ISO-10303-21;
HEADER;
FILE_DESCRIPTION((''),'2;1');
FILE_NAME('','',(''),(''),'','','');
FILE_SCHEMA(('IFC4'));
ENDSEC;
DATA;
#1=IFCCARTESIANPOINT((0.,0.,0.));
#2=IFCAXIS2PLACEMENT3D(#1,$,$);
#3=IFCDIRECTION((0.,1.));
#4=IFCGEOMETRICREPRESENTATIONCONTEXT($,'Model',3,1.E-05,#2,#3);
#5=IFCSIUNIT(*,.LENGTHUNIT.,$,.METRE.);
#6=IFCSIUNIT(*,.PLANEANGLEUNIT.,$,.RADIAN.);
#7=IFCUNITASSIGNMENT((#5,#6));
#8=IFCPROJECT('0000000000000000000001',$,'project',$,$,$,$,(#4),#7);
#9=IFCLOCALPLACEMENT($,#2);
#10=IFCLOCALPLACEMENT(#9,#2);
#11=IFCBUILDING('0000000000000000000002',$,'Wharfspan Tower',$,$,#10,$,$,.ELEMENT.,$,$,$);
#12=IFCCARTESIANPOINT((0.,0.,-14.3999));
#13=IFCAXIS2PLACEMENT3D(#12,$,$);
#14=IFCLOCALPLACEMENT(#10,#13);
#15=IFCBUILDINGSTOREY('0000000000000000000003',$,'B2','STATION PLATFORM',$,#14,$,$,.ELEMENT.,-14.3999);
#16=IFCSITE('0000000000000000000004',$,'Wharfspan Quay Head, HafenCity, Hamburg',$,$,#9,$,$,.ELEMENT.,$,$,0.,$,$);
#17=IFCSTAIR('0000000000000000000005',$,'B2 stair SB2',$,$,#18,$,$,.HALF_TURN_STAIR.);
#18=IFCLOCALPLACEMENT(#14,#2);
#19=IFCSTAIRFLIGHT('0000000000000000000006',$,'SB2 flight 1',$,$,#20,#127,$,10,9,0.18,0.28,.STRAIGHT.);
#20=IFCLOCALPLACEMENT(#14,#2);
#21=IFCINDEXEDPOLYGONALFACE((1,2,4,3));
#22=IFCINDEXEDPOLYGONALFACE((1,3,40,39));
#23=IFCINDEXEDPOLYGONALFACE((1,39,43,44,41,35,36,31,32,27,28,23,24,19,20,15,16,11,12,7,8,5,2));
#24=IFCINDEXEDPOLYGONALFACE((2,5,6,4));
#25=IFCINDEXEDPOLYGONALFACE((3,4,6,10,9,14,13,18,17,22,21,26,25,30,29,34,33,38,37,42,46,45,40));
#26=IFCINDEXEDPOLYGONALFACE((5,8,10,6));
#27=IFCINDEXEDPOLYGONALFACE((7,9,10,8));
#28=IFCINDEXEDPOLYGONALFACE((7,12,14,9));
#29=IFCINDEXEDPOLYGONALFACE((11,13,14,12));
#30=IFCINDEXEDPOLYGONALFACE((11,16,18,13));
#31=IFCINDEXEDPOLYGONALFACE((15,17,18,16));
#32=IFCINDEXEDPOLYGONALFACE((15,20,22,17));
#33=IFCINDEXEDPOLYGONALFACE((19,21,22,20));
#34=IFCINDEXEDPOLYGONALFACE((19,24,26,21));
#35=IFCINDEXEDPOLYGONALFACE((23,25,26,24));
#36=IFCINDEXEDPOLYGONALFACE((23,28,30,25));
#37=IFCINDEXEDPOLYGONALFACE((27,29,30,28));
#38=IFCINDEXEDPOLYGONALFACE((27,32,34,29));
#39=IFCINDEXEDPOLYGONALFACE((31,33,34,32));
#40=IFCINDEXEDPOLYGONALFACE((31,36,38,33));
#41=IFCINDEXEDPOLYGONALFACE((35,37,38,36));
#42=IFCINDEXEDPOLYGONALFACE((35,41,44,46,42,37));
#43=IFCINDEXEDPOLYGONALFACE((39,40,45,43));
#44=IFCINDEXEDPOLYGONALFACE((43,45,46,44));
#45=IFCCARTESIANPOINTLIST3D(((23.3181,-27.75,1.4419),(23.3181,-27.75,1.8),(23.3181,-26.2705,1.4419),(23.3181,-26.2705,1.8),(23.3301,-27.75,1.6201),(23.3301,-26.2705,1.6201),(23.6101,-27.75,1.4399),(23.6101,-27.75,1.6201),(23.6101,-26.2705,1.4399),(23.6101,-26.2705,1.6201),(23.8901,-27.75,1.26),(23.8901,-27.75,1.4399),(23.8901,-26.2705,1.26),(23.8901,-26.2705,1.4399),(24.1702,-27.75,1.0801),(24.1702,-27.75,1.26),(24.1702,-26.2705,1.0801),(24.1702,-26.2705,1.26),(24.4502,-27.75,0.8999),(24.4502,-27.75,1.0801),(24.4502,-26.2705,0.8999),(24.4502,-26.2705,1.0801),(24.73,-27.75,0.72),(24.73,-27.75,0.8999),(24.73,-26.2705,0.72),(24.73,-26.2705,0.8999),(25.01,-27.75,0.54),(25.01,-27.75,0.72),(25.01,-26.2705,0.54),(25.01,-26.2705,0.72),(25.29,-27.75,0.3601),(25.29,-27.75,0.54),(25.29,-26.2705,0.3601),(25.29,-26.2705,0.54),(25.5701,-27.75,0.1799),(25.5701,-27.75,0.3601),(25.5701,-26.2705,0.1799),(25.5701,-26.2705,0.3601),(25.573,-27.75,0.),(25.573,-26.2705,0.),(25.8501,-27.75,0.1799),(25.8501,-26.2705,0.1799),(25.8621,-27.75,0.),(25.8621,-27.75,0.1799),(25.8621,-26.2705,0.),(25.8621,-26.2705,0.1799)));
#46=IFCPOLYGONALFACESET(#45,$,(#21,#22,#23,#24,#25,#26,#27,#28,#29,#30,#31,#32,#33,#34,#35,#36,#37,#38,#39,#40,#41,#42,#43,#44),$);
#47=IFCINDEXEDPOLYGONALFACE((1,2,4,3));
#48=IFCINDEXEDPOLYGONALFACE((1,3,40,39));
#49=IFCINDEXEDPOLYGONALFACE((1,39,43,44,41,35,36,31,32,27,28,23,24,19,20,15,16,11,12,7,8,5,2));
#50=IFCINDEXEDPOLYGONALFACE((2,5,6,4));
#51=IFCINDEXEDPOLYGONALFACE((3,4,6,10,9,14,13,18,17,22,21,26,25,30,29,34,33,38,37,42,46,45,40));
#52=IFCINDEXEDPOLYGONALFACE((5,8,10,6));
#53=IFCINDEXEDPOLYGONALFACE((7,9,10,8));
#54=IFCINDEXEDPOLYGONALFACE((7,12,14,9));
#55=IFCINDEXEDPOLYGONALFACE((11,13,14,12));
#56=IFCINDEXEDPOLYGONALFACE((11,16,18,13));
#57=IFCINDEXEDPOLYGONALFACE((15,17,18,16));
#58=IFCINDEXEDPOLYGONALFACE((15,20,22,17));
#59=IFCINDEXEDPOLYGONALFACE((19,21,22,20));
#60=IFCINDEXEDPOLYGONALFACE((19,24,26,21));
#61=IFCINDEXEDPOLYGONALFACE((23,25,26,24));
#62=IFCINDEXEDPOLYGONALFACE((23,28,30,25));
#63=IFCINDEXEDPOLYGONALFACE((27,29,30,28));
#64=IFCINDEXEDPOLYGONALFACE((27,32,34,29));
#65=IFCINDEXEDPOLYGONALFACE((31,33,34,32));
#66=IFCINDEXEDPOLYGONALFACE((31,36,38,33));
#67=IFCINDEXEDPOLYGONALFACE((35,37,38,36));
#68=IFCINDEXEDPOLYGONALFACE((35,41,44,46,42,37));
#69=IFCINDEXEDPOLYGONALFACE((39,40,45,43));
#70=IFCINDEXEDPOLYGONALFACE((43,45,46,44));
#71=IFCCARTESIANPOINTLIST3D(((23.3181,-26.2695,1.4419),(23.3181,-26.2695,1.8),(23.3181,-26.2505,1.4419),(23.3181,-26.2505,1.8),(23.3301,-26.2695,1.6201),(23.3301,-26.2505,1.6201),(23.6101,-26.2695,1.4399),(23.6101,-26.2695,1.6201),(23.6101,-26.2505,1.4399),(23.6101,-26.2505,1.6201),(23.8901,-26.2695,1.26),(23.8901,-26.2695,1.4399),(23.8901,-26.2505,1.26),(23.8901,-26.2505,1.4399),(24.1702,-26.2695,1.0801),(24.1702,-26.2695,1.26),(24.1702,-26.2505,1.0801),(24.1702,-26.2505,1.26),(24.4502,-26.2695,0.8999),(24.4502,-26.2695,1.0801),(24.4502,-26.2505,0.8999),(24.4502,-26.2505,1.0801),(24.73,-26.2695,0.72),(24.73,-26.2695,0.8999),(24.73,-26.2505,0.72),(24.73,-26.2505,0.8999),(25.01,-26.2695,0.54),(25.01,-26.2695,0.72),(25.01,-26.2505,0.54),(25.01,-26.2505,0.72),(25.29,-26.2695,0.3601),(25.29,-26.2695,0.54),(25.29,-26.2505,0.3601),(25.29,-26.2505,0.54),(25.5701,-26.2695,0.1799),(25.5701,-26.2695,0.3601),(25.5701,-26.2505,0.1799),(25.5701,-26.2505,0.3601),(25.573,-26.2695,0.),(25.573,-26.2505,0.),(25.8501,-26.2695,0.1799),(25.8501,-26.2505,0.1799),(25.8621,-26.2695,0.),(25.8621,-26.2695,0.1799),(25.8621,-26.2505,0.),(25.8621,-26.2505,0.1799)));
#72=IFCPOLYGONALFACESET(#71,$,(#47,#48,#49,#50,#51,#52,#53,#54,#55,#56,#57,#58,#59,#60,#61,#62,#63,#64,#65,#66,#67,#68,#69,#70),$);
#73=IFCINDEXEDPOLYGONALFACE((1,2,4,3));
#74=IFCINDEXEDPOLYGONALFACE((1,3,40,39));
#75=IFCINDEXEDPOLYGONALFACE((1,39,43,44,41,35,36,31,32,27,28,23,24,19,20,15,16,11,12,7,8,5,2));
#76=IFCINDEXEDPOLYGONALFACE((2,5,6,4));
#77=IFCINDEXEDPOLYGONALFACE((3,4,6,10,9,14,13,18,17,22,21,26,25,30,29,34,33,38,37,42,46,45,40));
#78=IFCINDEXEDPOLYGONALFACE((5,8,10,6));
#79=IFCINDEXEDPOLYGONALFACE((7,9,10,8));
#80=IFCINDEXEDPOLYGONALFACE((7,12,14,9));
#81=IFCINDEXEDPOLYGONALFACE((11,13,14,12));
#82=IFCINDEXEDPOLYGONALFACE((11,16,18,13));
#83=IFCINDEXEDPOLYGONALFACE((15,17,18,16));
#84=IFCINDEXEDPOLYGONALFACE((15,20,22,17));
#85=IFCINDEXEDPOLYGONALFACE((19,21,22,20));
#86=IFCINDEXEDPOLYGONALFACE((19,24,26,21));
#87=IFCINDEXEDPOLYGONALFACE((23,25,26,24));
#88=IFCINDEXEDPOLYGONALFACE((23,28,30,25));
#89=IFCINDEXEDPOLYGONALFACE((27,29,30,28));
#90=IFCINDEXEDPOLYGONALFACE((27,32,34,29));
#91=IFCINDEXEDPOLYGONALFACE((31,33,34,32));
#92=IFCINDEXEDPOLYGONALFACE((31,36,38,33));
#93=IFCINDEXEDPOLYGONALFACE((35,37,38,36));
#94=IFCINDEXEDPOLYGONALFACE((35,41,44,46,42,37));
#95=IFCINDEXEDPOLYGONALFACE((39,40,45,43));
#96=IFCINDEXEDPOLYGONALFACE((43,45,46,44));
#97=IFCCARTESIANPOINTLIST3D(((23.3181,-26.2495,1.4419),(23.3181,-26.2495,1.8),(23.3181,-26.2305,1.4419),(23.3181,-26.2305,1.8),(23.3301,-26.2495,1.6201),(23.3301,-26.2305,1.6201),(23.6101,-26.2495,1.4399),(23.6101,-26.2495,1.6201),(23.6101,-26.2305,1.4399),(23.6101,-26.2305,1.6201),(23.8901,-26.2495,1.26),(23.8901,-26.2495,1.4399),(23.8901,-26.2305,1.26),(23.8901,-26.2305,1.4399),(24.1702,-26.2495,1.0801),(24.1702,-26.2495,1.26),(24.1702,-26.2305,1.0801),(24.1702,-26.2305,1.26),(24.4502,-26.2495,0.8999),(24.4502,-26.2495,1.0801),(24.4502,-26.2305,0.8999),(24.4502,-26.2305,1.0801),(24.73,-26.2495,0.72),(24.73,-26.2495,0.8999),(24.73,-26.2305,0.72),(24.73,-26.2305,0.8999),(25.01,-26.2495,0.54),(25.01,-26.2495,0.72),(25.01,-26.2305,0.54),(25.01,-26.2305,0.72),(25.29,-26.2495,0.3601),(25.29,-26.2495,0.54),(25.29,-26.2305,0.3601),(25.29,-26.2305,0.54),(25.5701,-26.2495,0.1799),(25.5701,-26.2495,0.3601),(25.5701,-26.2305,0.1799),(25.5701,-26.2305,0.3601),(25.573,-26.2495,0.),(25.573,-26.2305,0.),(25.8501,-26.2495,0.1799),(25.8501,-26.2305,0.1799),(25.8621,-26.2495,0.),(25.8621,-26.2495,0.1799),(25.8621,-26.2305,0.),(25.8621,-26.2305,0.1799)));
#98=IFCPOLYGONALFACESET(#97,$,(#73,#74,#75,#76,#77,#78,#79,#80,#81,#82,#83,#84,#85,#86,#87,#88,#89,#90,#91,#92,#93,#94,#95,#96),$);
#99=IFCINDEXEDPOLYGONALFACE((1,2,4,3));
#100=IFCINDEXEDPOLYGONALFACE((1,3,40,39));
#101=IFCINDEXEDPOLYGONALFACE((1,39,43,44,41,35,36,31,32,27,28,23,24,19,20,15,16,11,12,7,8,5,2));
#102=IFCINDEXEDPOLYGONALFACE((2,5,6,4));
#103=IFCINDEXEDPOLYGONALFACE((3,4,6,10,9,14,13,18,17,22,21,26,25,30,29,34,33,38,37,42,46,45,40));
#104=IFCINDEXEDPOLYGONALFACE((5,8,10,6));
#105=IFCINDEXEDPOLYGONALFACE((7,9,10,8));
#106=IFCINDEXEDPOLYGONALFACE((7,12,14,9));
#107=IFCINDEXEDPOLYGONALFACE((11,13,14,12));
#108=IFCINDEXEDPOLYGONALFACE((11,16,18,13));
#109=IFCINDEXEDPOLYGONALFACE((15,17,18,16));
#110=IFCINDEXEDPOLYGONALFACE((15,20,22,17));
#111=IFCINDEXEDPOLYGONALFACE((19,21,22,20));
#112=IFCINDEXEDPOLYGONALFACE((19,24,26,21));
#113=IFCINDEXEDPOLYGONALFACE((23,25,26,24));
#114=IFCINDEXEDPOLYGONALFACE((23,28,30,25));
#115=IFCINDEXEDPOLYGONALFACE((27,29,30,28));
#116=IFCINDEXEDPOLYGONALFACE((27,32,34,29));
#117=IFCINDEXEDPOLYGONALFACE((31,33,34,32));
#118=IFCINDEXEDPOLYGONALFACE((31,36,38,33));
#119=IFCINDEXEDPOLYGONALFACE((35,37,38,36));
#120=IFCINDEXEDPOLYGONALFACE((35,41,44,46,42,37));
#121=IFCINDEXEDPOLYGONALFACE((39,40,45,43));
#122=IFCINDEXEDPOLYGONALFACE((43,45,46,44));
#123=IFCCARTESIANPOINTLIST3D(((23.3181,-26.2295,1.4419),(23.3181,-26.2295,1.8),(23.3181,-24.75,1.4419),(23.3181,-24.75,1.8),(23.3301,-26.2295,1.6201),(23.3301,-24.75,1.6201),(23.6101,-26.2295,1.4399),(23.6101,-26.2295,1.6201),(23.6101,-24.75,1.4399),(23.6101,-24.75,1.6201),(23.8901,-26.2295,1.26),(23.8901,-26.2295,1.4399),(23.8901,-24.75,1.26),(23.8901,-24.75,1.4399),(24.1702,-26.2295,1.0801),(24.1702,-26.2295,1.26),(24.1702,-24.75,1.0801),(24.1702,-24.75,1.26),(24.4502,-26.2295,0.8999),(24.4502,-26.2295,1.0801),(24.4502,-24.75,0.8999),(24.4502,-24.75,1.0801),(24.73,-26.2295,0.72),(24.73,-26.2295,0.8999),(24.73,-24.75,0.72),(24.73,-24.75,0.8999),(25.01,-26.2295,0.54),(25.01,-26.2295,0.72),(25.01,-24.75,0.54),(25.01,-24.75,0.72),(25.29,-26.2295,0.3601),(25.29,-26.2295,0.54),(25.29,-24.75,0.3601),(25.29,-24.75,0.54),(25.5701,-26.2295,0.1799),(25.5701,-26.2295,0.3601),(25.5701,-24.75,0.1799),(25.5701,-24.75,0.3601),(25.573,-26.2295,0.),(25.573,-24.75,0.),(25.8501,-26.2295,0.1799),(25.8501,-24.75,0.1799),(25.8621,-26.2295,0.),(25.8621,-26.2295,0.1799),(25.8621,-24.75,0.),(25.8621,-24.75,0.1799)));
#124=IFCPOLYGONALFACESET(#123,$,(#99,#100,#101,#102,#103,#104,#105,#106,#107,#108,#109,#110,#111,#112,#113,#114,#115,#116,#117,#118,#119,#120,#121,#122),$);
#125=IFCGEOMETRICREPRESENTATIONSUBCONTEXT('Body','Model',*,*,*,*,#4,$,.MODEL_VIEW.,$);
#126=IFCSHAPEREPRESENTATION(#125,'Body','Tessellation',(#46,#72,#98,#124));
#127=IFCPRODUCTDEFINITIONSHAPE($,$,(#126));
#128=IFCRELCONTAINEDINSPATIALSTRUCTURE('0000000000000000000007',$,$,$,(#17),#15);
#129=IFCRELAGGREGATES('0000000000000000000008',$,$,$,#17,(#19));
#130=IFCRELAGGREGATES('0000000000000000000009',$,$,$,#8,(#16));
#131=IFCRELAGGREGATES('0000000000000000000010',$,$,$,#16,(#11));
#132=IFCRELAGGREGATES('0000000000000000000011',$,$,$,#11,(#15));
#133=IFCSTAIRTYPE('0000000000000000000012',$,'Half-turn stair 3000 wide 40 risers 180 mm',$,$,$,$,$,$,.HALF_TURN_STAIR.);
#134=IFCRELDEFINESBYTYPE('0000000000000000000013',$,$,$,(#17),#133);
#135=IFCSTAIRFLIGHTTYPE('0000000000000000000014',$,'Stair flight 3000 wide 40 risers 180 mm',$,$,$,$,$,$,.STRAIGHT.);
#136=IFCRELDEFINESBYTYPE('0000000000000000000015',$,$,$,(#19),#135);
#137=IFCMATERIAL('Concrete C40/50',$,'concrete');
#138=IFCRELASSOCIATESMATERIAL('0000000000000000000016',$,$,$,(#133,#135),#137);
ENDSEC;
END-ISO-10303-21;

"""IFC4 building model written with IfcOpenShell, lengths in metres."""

from ifc_helpers import new_model, si_unit, direction, frame, origin, place, context, subcontext, project, spatial, polyline, outline, extrude, material, type_object, element, aggregate, save


model = new_model("IFC4")

# Units and contexts
model_context = context("Model", 3, precision=1e-05, world=origin(), true_north=direction((0.0, 1.0)))
body_context = subcontext(model_context, "Body", "Model", "MODEL_VIEW")
ifc_project = project(units=[si_unit("LENGTHUNIT", "METRE"), si_unit("PLANEANGLEUNIT", "RADIAN")], contexts=[model_context])

# Site, building, storey
site_placement = place(None, origin())
site = spatial("IfcSite", under=ifc_project, at=site_placement, Name="Wharfspan Quay Head, HafenCity, Hamburg", CompositionType="ELEMENT", RefElevation=0.0)
building_placement = place(site_placement, origin())
building = spatial("IfcBuilding", under=site, at=building_placement, Name="Wharfspan Tower", CompositionType="ELEMENT")
storey_placement = place(building_placement, frame((0.0, 0.0, -14.3999)))
storey = spatial("IfcBuildingStorey", under=building, at=storey_placement, Name="B2", Description="STATION PLATFORM", CompositionType="ELEMENT", Elevation=-14.3999)

# Shared definitions
ifc_material_1 = material(Name="Concrete C40/50", Category="concrete")

# Stair, stair flight
stair_type = type_object("IfcStairType", Name="Half-turn stair 3000 wide 40 risers 180 mm", PredefinedType="HALF_TURN_STAIR", material=ifc_material_1)
stair_placement = place(storey_placement, origin())
stair = element("IfcStair", 1, at=stair_placement, inside=storey, type_object=stair_type, Name="B2 stair SB2", PredefinedType="HALF_TURN_STAIR")
stair_flight_type = type_object("IfcStairFlightType", Name="Stair flight 3000 wide 40 risers 180 mm", PredefinedType="STRAIGHT", material=ifc_material_1)
stair_flight_1_placement = place(storey_placement, frame((25.8501, -26.25, 0.0), z_axis=(0.0, 0.0, 1.0), x_axis=(-1.0, 0.0, 0.0)))
stair_flight_1 = element("IfcStairFlight", 2, at=stair_flight_1_placement, type_object=stair_flight_type, Name="SB2 flight 1", NumberOfRisers=10, NumberOfTreads=9, PredefinedType="STRAIGHT", RiserHeight=0.18, TreadLength=0.28, context=body_context, shape_type="SweptSolid", body=[
    extrude(outline(polyline([(-0.012, 0.0), (-0.012, 0.1799), (0.0, 0.1799), (0.28, 0.1799), (0.28, 0.3601), (0.5601, 0.3601), (0.5601, 0.54), (0.8401, 0.54), (0.8401, 0.72), (1.1201, 0.72), (1.1201, 0.8999), (1.3999, 0.8999), (1.3999, 1.0801), (1.6799, 1.0801), (1.6799, 1.26), (1.96, 1.26), (1.96, 1.4399), (2.24, 1.4399), (2.24, 1.6201), (2.52, 1.6201), (2.532, 1.8), (2.532, 1.4419), (0.2771, 0.0), (-0.012, 0.0)])), frame((0.0, 1.5, 0.0), z_axis=(0.0, -1.0, 0.0), x_axis=(1.0, 0.0, 0.0)), (0.0, 0.0, 1.0), 1.4795),
    extrude(outline(polyline([(-0.012, 0.0), (-0.012, 0.1799), (0.0, 0.1799), (0.28, 0.1799), (0.28, 0.3601), (0.5601, 0.3601), (0.5601, 0.54), (0.8401, 0.54), (0.8401, 0.72), (1.1201, 0.72), (1.1201, 0.8999), (1.3999, 0.8999), (1.3999, 1.0801), (1.6799, 1.0801), (1.6799, 1.26), (1.96, 1.26), (1.96, 1.4399), (2.24, 1.4399), (2.24, 1.6201), (2.52, 1.6201), (2.532, 1.8), (2.532, 1.4419), (0.2771, 0.0), (-0.012, 0.0)])), frame((0.0, 0.0195, 0.0), z_axis=(0.0, -1.0, 0.0), x_axis=(1.0, 0.0, 0.0)), (0.0, 0.0, 1.0), 0.019),
    extrude(outline(polyline([(-0.012, 0.0), (-0.012, 0.1799), (0.0, 0.1799), (0.28, 0.1799), (0.28, 0.3601), (0.5601, 0.3601), (0.5601, 0.54), (0.8401, 0.54), (0.8401, 0.72), (1.1201, 0.72), (1.1201, 0.8999), (1.3999, 0.8999), (1.3999, 1.0801), (1.6799, 1.0801), (1.6799, 1.26), (1.96, 1.26), (1.96, 1.4399), (2.24, 1.4399), (2.24, 1.6201), (2.52, 1.6201), (2.532, 1.8), (2.532, 1.4419), (0.2771, 0.0), (-0.012, 0.0)])), frame((0.0, -0.0005, 0.0), z_axis=(0.0, -1.0, 0.0), x_axis=(1.0, 0.0, 0.0)), (0.0, 0.0, 1.0), 0.019),
    extrude(outline(polyline([(-0.012, 0.0), (-0.012, 0.1799), (0.0, 0.1799), (0.28, 0.1799), (0.28, 0.3601), (0.5601, 0.3601), (0.5601, 0.54), (0.8401, 0.54), (0.8401, 0.72), (1.1201, 0.72), (1.1201, 0.8999), (1.3999, 0.8999), (1.3999, 1.0801), (1.6799, 1.0801), (1.6799, 1.26), (1.96, 1.26), (1.96, 1.4399), (2.24, 1.4399), (2.24, 1.6201), (2.52, 1.6201), (2.532, 1.8), (2.532, 1.4419), (0.2771, 0.0), (-0.012, 0.0)])), frame((0.0, -0.0205, 0.0), z_axis=(0.0, -1.0, 0.0), x_axis=(1.0, 0.0, 0.0)), (0.0, 0.0, 1.0), 1.4795),
])
aggregate(stair, [stair_flight_1])

save(model, "model.ifc")
